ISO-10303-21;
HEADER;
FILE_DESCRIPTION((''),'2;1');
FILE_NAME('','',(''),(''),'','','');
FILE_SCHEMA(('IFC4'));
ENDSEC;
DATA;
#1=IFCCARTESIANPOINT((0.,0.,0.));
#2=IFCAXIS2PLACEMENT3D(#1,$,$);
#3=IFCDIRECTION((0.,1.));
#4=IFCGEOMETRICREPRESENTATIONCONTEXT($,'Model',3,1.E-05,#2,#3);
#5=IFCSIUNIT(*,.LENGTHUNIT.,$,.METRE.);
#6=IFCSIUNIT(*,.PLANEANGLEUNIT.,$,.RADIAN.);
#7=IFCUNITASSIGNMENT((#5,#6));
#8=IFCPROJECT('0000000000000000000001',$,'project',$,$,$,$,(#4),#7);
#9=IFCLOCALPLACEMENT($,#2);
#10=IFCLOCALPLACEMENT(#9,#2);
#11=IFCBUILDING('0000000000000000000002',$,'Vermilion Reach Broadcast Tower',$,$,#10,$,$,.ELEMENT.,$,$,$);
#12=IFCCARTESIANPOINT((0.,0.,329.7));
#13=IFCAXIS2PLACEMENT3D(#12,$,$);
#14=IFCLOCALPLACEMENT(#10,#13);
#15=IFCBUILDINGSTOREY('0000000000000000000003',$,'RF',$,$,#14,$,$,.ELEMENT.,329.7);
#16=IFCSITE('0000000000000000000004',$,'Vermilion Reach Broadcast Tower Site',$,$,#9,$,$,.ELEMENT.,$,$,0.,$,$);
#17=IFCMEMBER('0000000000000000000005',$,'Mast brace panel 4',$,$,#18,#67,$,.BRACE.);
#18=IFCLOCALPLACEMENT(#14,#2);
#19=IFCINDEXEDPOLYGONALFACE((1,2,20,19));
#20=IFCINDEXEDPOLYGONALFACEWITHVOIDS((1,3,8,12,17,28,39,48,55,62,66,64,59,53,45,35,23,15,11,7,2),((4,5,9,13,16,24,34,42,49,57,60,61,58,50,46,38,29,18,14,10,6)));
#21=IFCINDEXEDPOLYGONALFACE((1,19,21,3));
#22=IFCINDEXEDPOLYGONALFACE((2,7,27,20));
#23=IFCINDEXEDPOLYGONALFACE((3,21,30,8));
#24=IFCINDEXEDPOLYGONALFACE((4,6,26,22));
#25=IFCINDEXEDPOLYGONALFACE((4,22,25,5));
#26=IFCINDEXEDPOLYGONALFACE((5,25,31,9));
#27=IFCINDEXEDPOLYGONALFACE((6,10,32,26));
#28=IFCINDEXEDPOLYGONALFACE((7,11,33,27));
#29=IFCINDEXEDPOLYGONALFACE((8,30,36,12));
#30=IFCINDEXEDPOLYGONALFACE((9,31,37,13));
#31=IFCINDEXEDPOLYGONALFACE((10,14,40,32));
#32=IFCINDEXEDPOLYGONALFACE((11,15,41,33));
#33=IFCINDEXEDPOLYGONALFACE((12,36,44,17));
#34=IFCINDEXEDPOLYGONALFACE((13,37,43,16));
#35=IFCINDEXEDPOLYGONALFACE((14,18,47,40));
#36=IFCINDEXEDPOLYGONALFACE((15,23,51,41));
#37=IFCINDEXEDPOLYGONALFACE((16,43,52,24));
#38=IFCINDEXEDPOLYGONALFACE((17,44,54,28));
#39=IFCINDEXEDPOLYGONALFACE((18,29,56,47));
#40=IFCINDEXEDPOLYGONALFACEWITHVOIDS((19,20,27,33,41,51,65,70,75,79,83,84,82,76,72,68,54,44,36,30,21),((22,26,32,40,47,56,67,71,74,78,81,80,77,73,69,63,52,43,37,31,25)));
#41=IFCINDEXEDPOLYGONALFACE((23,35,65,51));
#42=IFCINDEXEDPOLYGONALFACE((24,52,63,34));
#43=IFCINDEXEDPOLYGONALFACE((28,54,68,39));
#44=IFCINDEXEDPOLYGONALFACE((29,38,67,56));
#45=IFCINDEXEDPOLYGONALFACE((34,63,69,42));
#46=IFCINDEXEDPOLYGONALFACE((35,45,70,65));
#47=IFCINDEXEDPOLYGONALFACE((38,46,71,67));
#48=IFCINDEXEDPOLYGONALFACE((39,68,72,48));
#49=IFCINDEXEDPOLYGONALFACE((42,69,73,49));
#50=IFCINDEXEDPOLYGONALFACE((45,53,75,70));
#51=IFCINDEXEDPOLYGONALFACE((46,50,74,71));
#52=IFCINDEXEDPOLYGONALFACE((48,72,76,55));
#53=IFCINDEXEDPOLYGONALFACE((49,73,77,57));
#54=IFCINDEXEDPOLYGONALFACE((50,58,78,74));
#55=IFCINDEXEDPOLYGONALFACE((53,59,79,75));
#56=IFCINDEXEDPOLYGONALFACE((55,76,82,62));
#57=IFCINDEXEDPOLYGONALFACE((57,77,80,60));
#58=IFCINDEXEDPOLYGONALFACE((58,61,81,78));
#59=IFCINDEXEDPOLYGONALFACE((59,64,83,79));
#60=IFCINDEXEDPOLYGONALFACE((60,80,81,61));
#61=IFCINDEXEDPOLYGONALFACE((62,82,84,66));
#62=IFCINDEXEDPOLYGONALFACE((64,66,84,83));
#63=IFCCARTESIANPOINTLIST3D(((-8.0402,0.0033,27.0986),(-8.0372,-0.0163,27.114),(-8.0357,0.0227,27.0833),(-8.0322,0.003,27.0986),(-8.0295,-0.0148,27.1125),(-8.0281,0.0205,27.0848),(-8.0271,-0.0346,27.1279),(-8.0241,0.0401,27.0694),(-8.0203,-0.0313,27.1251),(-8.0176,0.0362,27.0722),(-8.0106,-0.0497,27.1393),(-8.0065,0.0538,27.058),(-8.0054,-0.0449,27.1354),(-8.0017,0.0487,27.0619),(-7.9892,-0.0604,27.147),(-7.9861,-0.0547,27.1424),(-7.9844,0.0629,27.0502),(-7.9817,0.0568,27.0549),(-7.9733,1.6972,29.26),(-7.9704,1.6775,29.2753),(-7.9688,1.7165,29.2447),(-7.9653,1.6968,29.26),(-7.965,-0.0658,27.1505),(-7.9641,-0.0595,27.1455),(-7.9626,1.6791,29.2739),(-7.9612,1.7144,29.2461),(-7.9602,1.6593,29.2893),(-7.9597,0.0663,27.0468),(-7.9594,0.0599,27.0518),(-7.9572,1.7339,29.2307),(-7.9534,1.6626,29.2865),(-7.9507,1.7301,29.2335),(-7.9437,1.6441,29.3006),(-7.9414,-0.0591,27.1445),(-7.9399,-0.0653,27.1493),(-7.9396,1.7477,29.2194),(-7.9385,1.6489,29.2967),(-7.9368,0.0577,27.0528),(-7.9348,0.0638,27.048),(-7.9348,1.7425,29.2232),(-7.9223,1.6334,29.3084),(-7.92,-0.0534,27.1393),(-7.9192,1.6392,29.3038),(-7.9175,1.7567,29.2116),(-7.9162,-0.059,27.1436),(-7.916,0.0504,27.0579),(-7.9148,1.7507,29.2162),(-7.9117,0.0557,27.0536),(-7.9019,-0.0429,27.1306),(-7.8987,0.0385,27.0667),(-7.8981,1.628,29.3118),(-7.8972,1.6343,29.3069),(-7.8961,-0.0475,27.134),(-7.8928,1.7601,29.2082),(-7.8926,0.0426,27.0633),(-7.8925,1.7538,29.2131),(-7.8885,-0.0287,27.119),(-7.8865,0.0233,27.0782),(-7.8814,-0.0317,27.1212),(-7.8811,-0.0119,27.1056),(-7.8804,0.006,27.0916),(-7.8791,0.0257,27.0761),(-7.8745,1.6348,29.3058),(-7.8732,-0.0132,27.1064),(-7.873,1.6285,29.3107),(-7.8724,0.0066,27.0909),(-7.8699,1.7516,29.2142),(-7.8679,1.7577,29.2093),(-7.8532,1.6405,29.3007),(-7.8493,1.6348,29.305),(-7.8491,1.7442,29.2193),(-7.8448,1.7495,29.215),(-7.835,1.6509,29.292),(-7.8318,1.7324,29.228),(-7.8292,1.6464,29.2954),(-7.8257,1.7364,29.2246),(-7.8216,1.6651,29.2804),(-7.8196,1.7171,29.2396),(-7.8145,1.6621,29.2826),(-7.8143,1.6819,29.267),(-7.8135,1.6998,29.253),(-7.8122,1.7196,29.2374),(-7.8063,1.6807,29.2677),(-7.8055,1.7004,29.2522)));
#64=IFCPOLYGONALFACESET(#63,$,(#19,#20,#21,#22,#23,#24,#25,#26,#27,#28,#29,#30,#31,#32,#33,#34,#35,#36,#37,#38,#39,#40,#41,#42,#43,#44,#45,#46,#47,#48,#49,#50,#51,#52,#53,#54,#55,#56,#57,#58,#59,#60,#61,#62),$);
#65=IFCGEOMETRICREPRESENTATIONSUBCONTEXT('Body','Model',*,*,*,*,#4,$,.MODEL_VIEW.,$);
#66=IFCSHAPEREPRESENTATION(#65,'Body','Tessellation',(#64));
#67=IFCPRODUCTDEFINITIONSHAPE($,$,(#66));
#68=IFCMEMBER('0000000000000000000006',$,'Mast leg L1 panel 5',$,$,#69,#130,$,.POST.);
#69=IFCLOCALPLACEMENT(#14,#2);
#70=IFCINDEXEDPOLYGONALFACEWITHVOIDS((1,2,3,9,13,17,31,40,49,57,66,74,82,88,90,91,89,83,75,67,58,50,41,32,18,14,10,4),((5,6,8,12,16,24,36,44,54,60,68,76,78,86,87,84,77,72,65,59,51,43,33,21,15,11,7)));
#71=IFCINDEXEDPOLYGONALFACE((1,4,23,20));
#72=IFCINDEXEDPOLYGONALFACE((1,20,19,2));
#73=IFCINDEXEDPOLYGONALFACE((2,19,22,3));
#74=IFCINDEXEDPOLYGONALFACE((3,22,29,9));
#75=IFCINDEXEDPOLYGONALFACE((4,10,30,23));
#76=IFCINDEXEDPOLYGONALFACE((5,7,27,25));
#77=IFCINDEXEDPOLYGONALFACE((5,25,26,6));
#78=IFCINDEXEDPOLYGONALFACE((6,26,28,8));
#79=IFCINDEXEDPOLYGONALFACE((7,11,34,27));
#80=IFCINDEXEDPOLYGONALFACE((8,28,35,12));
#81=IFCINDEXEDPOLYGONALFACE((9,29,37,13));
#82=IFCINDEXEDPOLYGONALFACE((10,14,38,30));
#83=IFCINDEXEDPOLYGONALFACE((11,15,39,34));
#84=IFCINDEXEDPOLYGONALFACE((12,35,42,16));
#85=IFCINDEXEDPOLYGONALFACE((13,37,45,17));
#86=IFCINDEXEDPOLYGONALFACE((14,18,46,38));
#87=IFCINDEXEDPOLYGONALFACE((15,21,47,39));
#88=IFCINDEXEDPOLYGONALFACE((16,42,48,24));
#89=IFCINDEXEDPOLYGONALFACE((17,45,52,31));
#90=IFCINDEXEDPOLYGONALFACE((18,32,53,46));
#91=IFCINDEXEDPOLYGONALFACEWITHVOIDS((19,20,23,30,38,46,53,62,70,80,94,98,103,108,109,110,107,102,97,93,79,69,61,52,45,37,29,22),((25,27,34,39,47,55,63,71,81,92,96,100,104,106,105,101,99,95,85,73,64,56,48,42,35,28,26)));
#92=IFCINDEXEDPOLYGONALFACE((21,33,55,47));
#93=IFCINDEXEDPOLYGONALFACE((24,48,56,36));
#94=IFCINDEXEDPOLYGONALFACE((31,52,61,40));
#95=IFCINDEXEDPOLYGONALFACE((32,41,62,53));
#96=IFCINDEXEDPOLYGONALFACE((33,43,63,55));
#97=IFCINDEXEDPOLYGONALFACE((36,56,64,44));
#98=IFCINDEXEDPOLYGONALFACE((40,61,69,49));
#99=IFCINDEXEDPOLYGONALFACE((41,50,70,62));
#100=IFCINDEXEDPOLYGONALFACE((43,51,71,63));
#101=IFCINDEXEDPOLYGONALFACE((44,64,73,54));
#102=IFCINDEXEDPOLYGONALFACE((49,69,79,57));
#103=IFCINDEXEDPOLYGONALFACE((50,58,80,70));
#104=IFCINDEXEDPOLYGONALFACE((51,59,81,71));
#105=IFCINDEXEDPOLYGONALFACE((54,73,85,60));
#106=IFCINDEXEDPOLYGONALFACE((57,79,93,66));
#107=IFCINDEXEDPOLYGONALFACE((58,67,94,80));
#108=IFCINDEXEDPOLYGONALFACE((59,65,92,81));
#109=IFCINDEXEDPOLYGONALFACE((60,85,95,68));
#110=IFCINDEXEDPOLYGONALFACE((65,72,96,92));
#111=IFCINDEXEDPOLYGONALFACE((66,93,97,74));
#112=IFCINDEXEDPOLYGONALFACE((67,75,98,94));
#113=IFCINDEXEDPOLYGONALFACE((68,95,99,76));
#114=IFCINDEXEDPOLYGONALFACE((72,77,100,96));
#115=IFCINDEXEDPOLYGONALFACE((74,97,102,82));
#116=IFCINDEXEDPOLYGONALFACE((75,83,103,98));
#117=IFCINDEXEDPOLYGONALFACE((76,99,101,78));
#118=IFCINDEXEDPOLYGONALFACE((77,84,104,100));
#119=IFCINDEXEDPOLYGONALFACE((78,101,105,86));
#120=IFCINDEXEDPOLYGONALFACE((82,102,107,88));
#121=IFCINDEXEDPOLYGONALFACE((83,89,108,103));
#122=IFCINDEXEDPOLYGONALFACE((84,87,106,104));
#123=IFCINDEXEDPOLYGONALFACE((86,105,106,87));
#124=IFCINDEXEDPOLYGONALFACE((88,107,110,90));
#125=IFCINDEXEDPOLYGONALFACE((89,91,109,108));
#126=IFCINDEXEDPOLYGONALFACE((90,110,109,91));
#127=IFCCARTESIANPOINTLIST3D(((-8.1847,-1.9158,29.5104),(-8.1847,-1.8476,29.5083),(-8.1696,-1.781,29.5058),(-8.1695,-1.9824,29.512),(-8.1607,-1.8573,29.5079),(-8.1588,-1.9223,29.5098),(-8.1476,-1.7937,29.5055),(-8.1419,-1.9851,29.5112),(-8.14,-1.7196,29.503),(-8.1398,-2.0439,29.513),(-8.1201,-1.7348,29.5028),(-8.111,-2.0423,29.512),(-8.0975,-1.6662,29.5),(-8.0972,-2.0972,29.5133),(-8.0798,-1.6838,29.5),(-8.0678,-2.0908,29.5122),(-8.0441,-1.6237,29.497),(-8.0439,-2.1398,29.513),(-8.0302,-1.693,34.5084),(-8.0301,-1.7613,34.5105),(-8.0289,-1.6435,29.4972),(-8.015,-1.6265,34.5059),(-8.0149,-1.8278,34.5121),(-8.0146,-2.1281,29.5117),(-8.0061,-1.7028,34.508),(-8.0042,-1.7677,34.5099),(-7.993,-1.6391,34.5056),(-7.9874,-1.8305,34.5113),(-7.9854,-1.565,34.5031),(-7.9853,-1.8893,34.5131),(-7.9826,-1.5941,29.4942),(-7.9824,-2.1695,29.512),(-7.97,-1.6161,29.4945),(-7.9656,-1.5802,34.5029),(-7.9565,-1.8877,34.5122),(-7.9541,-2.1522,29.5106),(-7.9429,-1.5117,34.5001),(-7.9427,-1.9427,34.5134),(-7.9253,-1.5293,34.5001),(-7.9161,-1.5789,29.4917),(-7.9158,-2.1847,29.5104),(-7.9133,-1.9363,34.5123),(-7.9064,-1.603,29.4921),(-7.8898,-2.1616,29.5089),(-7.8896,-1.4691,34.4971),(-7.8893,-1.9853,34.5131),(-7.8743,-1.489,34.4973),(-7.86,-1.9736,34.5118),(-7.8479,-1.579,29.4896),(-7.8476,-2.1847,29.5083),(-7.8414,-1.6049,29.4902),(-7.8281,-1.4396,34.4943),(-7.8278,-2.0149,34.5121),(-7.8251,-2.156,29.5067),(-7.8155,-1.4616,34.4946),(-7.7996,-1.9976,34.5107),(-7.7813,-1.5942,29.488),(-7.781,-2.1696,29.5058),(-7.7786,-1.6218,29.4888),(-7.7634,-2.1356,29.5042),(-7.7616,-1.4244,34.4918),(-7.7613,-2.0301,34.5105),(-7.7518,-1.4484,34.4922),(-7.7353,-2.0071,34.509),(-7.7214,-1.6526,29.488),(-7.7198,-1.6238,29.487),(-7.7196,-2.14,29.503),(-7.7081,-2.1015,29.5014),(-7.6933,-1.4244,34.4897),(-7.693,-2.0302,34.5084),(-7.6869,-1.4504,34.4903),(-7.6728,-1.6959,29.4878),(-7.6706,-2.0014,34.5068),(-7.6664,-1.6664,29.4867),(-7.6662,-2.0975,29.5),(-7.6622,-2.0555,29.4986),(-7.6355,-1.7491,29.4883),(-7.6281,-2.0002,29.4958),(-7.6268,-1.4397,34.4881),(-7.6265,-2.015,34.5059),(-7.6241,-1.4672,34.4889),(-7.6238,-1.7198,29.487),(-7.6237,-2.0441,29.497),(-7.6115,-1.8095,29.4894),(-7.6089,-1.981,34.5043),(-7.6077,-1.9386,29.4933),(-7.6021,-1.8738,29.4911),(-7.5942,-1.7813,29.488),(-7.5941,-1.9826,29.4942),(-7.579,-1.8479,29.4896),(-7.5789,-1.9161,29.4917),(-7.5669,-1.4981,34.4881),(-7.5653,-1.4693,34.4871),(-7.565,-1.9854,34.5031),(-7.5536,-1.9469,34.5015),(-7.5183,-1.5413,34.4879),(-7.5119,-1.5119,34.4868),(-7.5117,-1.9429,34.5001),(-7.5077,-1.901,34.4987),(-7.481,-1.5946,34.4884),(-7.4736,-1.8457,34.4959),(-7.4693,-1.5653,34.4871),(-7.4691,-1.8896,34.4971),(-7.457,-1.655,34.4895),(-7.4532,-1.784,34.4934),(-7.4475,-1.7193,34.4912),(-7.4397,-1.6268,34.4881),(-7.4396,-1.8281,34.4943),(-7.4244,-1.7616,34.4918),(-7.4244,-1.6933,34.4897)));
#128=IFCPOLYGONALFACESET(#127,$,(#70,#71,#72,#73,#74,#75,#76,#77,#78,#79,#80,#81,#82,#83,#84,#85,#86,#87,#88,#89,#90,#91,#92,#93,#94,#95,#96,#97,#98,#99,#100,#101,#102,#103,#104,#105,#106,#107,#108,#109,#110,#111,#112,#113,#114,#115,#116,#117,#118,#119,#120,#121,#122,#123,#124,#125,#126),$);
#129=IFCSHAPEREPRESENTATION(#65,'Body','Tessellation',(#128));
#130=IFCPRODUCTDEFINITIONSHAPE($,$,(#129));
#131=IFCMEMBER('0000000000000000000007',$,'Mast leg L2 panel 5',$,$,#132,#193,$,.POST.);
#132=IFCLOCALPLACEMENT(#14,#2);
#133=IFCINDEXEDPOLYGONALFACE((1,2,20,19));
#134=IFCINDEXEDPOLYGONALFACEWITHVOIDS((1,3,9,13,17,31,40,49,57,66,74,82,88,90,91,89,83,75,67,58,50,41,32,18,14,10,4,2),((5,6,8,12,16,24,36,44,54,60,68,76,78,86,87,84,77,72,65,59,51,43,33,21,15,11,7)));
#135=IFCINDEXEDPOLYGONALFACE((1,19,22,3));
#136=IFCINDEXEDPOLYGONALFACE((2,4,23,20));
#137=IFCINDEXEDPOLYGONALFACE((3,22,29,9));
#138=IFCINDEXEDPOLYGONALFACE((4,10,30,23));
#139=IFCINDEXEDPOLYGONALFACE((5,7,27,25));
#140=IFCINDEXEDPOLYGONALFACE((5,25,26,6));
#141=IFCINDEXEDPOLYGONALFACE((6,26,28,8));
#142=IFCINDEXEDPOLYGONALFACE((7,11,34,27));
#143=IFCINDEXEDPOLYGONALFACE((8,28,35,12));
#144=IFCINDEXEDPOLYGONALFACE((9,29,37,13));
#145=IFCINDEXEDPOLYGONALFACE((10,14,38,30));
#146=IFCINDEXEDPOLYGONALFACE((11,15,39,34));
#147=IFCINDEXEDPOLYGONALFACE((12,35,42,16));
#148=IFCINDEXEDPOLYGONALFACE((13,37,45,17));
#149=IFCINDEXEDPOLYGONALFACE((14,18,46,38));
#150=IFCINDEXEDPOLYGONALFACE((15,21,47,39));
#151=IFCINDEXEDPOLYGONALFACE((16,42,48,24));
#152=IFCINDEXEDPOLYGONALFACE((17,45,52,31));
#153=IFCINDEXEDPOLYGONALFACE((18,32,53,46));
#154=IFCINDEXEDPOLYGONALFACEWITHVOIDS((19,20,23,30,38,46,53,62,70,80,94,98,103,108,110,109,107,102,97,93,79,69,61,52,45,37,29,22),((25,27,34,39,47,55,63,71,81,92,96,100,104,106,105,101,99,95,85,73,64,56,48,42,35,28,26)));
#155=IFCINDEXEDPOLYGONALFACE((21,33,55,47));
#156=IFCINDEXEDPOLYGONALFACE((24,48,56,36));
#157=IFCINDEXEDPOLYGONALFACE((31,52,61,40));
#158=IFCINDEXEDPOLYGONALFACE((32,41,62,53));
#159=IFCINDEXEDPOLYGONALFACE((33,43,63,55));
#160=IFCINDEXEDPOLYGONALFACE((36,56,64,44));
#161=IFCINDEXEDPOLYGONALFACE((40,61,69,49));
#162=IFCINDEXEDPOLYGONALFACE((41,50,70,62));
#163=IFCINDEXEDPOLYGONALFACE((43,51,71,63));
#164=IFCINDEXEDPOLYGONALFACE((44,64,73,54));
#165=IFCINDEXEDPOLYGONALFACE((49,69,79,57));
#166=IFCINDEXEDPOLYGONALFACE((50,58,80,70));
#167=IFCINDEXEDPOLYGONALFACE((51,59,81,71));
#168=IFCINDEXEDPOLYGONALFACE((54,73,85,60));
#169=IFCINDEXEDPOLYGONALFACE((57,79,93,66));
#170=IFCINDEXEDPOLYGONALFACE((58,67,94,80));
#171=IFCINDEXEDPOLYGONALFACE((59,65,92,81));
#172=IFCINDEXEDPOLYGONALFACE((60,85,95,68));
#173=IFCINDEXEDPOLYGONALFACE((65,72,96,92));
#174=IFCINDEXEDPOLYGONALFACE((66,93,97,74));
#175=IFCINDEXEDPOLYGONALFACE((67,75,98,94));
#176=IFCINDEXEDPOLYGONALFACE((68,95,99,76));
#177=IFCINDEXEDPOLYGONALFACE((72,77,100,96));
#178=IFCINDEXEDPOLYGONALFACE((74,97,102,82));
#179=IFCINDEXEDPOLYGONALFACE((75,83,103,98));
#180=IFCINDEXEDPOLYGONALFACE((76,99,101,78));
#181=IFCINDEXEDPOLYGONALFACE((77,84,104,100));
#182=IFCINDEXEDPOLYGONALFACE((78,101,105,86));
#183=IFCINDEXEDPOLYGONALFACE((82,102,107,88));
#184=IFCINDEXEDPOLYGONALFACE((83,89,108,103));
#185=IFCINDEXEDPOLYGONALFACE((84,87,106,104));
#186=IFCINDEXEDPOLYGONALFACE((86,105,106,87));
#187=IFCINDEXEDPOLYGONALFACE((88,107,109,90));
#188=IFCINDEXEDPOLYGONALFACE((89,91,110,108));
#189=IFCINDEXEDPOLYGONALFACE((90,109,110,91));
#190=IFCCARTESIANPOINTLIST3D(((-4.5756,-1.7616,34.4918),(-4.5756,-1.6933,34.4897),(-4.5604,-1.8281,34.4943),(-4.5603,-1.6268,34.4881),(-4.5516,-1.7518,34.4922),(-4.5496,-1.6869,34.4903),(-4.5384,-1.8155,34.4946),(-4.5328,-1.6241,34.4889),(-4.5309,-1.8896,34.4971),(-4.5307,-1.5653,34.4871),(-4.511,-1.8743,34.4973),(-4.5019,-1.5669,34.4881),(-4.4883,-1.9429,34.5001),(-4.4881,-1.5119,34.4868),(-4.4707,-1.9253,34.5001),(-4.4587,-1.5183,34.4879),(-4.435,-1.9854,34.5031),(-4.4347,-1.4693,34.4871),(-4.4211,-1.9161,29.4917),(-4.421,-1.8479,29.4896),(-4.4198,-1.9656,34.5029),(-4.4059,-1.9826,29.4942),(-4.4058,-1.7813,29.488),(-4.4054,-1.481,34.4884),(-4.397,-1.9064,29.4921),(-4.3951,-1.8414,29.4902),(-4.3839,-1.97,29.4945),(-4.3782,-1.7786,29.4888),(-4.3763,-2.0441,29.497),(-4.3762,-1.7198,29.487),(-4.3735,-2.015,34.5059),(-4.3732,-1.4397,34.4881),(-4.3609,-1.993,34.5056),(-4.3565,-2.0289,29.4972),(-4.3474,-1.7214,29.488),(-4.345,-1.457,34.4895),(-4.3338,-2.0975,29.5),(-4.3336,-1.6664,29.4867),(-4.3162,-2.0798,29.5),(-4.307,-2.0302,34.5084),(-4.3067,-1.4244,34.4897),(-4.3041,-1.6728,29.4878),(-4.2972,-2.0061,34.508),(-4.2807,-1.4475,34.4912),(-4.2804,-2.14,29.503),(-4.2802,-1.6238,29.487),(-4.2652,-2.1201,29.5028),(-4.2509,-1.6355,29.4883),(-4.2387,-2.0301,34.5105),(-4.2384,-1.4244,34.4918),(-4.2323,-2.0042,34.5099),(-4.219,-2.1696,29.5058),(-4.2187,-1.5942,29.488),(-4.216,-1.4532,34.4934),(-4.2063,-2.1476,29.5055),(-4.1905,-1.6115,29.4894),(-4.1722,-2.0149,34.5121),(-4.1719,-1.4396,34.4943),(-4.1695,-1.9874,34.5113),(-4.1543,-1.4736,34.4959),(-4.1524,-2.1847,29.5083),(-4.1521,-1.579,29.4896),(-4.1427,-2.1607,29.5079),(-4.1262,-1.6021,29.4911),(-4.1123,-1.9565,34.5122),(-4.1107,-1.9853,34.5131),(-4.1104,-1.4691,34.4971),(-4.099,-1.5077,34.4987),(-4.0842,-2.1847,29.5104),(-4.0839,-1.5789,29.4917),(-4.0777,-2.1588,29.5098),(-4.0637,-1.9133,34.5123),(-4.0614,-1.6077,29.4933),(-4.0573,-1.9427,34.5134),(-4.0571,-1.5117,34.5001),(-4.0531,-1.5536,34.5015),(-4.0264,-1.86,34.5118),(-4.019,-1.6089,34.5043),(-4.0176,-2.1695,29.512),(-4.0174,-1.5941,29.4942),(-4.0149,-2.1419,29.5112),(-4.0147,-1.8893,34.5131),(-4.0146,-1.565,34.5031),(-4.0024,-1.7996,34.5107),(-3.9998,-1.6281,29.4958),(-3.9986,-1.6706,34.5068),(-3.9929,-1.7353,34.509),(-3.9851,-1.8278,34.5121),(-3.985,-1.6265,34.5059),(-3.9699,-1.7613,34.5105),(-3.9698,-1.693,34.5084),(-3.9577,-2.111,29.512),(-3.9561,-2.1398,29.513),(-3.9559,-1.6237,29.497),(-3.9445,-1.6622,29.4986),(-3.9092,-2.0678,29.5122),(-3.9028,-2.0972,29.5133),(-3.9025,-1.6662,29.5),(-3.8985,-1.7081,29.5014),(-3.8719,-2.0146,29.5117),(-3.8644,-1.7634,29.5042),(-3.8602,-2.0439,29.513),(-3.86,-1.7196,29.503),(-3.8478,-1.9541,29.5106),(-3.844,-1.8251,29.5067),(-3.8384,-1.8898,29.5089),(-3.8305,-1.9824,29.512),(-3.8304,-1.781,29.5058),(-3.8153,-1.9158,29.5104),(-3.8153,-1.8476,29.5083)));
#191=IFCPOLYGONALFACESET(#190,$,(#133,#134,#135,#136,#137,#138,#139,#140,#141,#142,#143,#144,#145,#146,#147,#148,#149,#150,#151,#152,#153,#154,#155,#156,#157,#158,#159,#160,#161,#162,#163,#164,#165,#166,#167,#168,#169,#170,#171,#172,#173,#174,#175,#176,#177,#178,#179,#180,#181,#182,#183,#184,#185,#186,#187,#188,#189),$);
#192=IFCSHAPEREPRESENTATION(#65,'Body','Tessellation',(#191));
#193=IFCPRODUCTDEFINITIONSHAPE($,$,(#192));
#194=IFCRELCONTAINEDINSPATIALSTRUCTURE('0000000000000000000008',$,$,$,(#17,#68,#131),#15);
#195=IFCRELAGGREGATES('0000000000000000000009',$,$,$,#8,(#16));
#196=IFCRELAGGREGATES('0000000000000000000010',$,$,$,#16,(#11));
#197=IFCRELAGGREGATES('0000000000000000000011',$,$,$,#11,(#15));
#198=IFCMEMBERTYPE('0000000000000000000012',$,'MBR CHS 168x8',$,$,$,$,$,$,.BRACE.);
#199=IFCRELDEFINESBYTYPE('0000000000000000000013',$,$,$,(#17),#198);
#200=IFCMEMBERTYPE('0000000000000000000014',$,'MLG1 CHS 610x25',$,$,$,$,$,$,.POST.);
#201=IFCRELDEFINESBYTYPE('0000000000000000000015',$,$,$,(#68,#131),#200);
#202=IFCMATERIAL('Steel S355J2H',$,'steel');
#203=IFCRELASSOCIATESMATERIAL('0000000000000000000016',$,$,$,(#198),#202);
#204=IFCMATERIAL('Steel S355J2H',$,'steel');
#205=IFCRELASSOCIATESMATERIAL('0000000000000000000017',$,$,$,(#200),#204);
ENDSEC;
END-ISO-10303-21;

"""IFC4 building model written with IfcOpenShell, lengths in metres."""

from ifc_helpers import new_model, si_unit, direction, frame, origin, origin_2d, place, context, subcontext, project, spatial, hollow_circle, extrude, material, material_profile, profile_set, type_object, element, save


model = new_model("IFC4")

# Units and contexts
model_context = context("Model", 3, precision=1e-05, world=origin(), true_north=direction((0.0, 1.0)))
body_context = subcontext(model_context, "Body", "Model", "MODEL_VIEW")
ifc_project = project(units=[si_unit("LENGTHUNIT", "METRE"), si_unit("PLANEANGLEUNIT", "RADIAN")], contexts=[model_context])

# Site, building, storey
site_placement = place(None, origin())
site = spatial("IfcSite", under=ifc_project, at=site_placement, Name="Vermilion Reach Broadcast Tower Site", CompositionType="ELEMENT", RefElevation=0.0)
building_placement = place(site_placement, origin())
building = spatial("IfcBuilding", under=site, at=building_placement, Name="Vermilion Reach Broadcast Tower", CompositionType="ELEMENT")
storey_placement = place(building_placement, frame((0.0, 0.0, 329.7)))
storey = spatial("IfcBuildingStorey", under=building, at=storey_placement, Name="RF", CompositionType="ELEMENT", Elevation=329.7)

# Members
ifc_material_1 = material(Name="Steel S355J2H", Category="steel")
ifc_material_profile_1 = material_profile(ifc_material_1, hollow_circle(Radius=0.0842, WallThickness=0.0081, at=origin_2d()), Name="S355J2H CHS 168x8")
ifc_profile_set_1 = profile_set([ifc_material_profile_1], Name="Steel S355J2H")
member_type_1 = type_object("IfcMemberType", Name="MBR CHS 168x8", PredefinedType="BRACE", material=ifc_profile_set_1)
member_1_placement = place(storey_placement, frame((-7.9561, 0.0, 27.0986), z_axis=(0.024353, 0.616653, 0.786859), x_axis=(-0.999221, 0.039462, 0.0)))
element("IfcMember", 1, at=member_1_placement, inside=storey, type_object=member_type_1, Name="Mast brace panel 4", PredefinedType="BRACE", context=body_context, shape_type="SweptSolid", body=[
    extrude(hollow_circle(Radius=0.0842, WallThickness=0.0081, at=origin_2d()), origin(), (0.0, 0.0, 1.0), 2.7468),
])
ifc_material_2 = material(Name="Steel S355J2H", Category="steel")
ifc_material_profile_2 = material_profile(ifc_material_2, hollow_circle(Radius=0.3049, WallThickness=0.0249, at=origin_2d()), Name="S355J2H CHS 610x25")
ifc_profile_set_2 = profile_set([ifc_material_profile_2], Name="Steel S355J2H")
member_type_2 = type_object("IfcMemberType", Name="MLG1 CHS 610x25", PredefinedType="POST", material=ifc_profile_set_2)
for number, where, z_axis, x_axis, name in (
    (2, (-7.8818, -1.8818, 29.5), (0.030879, 0.030879, 0.999046), (-0.707107, 0.707107, 0.0), "Mast leg L1 panel 5"),
    (3, (-4.1182, -1.8818, 29.5), (-0.030879, 0.030879, 0.999046), (-0.707107, -0.707107, 0.0), "Mast leg L2 panel 5"),
):
    element("IfcMember", number, at=place(storey_placement, frame(where, z_axis=z_axis, x_axis=x_axis)), inside=storey, type_object=member_type_2, Name=name, PredefinedType="POST", context=body_context, shape_type="SweptSolid", body=[
        extrude(hollow_circle(Radius=0.3049, WallThickness=0.0249, at=origin_2d()), origin(), (0.0, 0.0, 1.0), 5.0049),
    ])

save(model, "model.ifc")
